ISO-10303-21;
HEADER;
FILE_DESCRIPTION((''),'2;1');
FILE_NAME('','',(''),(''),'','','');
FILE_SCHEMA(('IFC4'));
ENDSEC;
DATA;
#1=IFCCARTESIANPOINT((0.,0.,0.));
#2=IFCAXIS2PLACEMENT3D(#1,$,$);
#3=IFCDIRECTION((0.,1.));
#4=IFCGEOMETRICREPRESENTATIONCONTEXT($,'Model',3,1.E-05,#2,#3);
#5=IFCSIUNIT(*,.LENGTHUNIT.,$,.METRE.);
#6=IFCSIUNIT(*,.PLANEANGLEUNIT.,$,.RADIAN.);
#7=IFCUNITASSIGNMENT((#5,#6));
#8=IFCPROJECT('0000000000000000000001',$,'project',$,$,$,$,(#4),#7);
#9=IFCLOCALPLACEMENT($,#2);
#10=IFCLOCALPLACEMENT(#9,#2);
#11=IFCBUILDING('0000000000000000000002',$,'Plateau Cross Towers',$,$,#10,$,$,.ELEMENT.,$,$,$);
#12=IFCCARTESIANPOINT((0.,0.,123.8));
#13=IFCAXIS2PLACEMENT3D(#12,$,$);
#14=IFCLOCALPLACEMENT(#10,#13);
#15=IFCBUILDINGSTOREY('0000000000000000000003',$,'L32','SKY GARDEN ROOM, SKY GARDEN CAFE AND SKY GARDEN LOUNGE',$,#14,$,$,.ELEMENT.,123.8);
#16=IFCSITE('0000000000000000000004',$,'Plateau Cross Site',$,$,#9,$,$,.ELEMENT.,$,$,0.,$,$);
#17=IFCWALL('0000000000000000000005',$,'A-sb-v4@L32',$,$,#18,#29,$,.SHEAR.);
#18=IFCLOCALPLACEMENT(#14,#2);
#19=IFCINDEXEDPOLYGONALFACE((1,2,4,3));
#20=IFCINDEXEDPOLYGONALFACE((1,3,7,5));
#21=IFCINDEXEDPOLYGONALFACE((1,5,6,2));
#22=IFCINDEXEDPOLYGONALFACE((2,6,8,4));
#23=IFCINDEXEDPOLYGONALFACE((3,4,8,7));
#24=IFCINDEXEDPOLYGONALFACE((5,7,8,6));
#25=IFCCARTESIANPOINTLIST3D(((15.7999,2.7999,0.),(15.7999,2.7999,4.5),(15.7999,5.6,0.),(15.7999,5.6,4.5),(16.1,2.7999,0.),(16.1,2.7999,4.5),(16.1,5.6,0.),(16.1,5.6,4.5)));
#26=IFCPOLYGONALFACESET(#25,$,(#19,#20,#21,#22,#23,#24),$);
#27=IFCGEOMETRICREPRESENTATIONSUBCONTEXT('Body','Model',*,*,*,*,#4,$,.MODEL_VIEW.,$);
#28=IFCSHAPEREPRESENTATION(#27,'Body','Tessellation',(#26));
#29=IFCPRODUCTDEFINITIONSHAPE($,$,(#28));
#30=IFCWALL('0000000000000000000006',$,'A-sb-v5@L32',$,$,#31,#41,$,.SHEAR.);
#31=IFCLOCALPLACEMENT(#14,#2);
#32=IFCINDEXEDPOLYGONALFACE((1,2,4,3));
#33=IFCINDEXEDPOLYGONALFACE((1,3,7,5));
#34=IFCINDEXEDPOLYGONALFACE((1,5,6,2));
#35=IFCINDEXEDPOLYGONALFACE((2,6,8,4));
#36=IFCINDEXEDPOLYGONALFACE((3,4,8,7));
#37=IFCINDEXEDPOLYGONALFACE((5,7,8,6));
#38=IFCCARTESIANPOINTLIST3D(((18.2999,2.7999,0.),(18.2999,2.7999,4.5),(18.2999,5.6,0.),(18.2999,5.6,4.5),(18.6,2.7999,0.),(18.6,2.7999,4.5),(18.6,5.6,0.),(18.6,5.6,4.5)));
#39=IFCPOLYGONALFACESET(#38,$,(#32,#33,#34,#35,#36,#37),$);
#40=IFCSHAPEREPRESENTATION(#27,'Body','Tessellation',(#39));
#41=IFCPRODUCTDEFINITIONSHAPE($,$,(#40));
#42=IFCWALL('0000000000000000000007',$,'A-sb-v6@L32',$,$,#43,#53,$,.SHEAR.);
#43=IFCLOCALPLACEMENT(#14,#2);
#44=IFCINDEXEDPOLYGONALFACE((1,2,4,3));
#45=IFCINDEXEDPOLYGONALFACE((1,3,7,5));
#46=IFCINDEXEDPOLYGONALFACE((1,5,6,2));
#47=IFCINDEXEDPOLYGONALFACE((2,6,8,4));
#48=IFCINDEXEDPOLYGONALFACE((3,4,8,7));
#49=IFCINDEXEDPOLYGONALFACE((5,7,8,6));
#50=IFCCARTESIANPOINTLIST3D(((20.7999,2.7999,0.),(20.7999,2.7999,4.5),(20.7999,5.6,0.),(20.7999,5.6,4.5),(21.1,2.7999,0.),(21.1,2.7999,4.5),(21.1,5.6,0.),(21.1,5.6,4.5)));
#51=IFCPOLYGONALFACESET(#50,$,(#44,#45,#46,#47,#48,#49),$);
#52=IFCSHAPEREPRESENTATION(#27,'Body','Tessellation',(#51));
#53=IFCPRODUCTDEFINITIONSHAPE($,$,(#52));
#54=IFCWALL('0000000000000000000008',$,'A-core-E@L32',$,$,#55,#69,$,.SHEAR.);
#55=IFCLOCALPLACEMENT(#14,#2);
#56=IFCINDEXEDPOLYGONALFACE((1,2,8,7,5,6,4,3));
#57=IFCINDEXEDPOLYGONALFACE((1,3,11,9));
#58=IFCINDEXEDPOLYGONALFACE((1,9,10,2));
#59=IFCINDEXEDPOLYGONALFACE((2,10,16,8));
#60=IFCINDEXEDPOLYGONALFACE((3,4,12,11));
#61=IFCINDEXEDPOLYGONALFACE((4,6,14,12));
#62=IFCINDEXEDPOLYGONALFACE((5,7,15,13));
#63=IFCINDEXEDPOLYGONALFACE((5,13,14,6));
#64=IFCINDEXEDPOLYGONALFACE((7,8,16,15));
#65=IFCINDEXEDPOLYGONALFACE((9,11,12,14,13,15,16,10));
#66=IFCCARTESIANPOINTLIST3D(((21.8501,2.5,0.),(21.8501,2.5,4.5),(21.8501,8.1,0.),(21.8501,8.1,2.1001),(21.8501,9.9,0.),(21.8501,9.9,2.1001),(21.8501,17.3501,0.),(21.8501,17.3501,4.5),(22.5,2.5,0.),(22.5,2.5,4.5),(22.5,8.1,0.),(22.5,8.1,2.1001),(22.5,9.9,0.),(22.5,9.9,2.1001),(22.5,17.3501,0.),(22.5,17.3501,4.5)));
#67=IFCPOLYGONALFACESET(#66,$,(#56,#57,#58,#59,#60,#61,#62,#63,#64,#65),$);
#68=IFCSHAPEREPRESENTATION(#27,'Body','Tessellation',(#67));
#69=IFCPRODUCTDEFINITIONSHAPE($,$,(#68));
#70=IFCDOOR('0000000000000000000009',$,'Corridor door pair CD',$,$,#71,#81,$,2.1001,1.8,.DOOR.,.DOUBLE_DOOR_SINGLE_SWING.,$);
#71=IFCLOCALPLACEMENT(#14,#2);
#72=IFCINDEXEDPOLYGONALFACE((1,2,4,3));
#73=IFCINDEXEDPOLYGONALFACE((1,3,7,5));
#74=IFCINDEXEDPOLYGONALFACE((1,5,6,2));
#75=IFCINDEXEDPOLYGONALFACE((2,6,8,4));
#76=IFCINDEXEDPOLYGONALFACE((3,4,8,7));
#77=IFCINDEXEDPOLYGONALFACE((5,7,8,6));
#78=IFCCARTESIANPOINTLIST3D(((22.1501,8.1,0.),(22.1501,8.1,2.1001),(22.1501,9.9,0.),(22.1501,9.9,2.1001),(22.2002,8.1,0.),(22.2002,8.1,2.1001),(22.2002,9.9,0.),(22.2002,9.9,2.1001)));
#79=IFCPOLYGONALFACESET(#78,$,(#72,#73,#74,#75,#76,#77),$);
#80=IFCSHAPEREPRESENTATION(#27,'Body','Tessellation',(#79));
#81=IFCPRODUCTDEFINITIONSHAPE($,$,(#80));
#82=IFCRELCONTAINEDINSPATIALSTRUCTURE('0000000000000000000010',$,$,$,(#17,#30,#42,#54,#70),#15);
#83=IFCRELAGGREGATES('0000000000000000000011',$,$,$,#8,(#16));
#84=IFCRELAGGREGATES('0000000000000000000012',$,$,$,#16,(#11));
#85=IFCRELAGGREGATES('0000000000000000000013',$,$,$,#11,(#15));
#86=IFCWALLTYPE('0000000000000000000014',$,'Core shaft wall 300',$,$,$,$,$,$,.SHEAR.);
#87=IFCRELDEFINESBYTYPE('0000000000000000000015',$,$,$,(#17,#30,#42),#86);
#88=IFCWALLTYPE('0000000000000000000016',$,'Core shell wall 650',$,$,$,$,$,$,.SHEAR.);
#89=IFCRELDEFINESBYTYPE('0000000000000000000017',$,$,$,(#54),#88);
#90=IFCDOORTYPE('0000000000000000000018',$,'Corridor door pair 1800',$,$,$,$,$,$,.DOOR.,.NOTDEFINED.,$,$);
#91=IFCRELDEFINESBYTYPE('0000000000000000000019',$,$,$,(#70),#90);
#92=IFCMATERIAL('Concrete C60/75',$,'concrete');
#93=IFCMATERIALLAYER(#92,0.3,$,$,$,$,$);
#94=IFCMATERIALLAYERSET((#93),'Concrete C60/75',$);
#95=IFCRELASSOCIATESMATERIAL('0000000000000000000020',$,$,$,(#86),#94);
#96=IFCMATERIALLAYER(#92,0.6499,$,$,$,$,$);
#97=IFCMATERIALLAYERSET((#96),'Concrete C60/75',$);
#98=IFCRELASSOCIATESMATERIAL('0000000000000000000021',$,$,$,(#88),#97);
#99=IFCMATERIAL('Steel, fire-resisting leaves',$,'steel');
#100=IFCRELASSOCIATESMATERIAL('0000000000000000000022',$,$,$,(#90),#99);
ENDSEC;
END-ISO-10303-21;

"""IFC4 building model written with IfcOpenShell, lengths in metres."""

from ifc_helpers import new_model, si_unit, direction, frame, frame_2d, origin, place, context, subcontext, project, spatial, rectangle, extrude, material, layer, layer_set, type_object, element, fill, save


model = new_model("IFC4")

# Units and contexts
model_context = context("Model", 3, precision=1e-05, world=origin(), true_north=direction((0.0, 1.0)))
body_context = subcontext(model_context, "Body", "Model", "MODEL_VIEW")
ifc_project = project(units=[si_unit("LENGTHUNIT", "METRE"), si_unit("PLANEANGLEUNIT", "RADIAN")], contexts=[model_context])

# Site, building, storey
site_placement = place(None, origin())
site = spatial("IfcSite", under=ifc_project, at=site_placement, Name="Plateau Cross Site", CompositionType="ELEMENT", RefElevation=0.0)
building_placement = place(site_placement, origin())
building = spatial("IfcBuilding", under=site, at=building_placement, Name="Plateau Cross Towers", CompositionType="ELEMENT")
storey_placement = place(building_placement, frame((0.0, 0.0, 123.8)))
storey = spatial("IfcBuildingStorey", under=building, at=storey_placement, Name="L32", Description="SKY GARDEN ROOM, SKY GARDEN CAFE AND SKY GARDEN LOUNGE", CompositionType="ELEMENT", Elevation=123.8)

# Shared definitions
ifc_material_1 = material(Name="Concrete C60/75", Category="concrete")

# Walls
ifc_layer_1 = layer(ifc_material_1, 0.3)
ifc_layer_set_1 = layer_set([ifc_layer_1], Name="Concrete C60/75")
wall_type_1 = type_object("IfcWallType", Name="Core shaft wall 300", PredefinedType="SHEAR", material=ifc_layer_set_1)
for number, where, z_axis, x_axis, name in (
    (1, (15.95, 2.8, 0.0), (0.0, 0.0, 1.0), (0.0, 1.0, 0.0), "A-sb-v4@L32"),
    (2, (18.45, 2.8, 0.0), (0.0, 0.0, 1.0), (0.0, 1.0, 0.0), "A-sb-v5@L32"),
    (3, (20.95, 2.8, 0.0), (0.0, 0.0, 1.0), (0.0, 1.0, 0.0), "A-sb-v6@L32"),
):
    element("IfcWall", number, at=place(storey_placement, frame(where, z_axis=z_axis, x_axis=x_axis)), inside=storey, type_object=wall_type_1, Name=name, PredefinedType="SHEAR", context=body_context, shape_type="SweptSolid", body=[
        extrude(rectangle(XDim=2.8, YDim=0.3, at=frame_2d((1.3999, 0.0))), origin(), (0.0, 0.0, 1.0), 4.5),
    ])

# Wall, opening, door
ifc_layer_2 = layer(ifc_material_1, 0.6499)
ifc_layer_set_2 = layer_set([ifc_layer_2], Name="Concrete C60/75")
wall_type_2 = type_object("IfcWallType", Name="Core shell wall 650", PredefinedType="SHEAR", material=ifc_layer_set_2)
wall_1_placement = place(storey_placement, frame((22.175, 2.5, 0.0), z_axis=(0.0, 0.0, 1.0), x_axis=(0.0, 1.0, 0.0)))
wall_1 = element("IfcWall", 4, at=wall_1_placement, inside=storey, type_object=wall_type_2, Name="A-core-E@L32", PredefinedType="SHEAR", context=body_context, shape_type="SweptSolid", body=[
    extrude(rectangle(XDim=14.8501, YDim=0.6499, at=frame_2d((7.425, 0.0))), origin(), (0.0, 0.0, 1.0), 4.5),
])
opening_1_placement = place(wall_1_placement, frame((5.6001, 0.0, 0.0)))
opening_1 = element("IfcOpeningElement", 5, at=opening_1_placement, cuts=wall_1, PredefinedType="OPENING", context=body_context, shape_type="SweptSolid", body=[
    extrude(rectangle(XDim=1.8, YDim=2.1001, at=frame_2d((0.8999, 1.05))), frame((0.0, 0.335, 0.0), z_axis=(0.0, -1.0, 0.0), x_axis=(1.0, 0.0, 0.0)), (0.0, 0.0, 1.0), 0.6699),
])
ifc_material_2 = material(Name="Steel, fire-resisting leaves", Category="steel")
door_type_1 = type_object("IfcDoorType", Name="Corridor door pair 1800", OperationType="NOTDEFINED", PredefinedType="DOOR", material=ifc_material_2)
door_1_placement = place(opening_1_placement, origin())
door_1 = element("IfcDoor", 6, at=door_1_placement, inside=storey, type_object=door_type_1, Name="Corridor door pair CD", OperationType="DOUBLE_DOOR_SINGLE_SWING", OverallHeight=2.1001, OverallWidth=1.8, PredefinedType="DOOR", context=body_context, shape_type="SweptSolid", body=[
    extrude(rectangle(XDim=1.8, YDim=2.1001, at=frame_2d((0.8999, 1.05))), frame((0.0, 0.0249, 0.0), z_axis=(0.0, -1.0, 0.0), x_axis=(1.0, 0.0, 0.0)), (0.0, 0.0, 1.0), 0.05),
])
fill(opening_1, door_1)

save(model, "model.ifc")
